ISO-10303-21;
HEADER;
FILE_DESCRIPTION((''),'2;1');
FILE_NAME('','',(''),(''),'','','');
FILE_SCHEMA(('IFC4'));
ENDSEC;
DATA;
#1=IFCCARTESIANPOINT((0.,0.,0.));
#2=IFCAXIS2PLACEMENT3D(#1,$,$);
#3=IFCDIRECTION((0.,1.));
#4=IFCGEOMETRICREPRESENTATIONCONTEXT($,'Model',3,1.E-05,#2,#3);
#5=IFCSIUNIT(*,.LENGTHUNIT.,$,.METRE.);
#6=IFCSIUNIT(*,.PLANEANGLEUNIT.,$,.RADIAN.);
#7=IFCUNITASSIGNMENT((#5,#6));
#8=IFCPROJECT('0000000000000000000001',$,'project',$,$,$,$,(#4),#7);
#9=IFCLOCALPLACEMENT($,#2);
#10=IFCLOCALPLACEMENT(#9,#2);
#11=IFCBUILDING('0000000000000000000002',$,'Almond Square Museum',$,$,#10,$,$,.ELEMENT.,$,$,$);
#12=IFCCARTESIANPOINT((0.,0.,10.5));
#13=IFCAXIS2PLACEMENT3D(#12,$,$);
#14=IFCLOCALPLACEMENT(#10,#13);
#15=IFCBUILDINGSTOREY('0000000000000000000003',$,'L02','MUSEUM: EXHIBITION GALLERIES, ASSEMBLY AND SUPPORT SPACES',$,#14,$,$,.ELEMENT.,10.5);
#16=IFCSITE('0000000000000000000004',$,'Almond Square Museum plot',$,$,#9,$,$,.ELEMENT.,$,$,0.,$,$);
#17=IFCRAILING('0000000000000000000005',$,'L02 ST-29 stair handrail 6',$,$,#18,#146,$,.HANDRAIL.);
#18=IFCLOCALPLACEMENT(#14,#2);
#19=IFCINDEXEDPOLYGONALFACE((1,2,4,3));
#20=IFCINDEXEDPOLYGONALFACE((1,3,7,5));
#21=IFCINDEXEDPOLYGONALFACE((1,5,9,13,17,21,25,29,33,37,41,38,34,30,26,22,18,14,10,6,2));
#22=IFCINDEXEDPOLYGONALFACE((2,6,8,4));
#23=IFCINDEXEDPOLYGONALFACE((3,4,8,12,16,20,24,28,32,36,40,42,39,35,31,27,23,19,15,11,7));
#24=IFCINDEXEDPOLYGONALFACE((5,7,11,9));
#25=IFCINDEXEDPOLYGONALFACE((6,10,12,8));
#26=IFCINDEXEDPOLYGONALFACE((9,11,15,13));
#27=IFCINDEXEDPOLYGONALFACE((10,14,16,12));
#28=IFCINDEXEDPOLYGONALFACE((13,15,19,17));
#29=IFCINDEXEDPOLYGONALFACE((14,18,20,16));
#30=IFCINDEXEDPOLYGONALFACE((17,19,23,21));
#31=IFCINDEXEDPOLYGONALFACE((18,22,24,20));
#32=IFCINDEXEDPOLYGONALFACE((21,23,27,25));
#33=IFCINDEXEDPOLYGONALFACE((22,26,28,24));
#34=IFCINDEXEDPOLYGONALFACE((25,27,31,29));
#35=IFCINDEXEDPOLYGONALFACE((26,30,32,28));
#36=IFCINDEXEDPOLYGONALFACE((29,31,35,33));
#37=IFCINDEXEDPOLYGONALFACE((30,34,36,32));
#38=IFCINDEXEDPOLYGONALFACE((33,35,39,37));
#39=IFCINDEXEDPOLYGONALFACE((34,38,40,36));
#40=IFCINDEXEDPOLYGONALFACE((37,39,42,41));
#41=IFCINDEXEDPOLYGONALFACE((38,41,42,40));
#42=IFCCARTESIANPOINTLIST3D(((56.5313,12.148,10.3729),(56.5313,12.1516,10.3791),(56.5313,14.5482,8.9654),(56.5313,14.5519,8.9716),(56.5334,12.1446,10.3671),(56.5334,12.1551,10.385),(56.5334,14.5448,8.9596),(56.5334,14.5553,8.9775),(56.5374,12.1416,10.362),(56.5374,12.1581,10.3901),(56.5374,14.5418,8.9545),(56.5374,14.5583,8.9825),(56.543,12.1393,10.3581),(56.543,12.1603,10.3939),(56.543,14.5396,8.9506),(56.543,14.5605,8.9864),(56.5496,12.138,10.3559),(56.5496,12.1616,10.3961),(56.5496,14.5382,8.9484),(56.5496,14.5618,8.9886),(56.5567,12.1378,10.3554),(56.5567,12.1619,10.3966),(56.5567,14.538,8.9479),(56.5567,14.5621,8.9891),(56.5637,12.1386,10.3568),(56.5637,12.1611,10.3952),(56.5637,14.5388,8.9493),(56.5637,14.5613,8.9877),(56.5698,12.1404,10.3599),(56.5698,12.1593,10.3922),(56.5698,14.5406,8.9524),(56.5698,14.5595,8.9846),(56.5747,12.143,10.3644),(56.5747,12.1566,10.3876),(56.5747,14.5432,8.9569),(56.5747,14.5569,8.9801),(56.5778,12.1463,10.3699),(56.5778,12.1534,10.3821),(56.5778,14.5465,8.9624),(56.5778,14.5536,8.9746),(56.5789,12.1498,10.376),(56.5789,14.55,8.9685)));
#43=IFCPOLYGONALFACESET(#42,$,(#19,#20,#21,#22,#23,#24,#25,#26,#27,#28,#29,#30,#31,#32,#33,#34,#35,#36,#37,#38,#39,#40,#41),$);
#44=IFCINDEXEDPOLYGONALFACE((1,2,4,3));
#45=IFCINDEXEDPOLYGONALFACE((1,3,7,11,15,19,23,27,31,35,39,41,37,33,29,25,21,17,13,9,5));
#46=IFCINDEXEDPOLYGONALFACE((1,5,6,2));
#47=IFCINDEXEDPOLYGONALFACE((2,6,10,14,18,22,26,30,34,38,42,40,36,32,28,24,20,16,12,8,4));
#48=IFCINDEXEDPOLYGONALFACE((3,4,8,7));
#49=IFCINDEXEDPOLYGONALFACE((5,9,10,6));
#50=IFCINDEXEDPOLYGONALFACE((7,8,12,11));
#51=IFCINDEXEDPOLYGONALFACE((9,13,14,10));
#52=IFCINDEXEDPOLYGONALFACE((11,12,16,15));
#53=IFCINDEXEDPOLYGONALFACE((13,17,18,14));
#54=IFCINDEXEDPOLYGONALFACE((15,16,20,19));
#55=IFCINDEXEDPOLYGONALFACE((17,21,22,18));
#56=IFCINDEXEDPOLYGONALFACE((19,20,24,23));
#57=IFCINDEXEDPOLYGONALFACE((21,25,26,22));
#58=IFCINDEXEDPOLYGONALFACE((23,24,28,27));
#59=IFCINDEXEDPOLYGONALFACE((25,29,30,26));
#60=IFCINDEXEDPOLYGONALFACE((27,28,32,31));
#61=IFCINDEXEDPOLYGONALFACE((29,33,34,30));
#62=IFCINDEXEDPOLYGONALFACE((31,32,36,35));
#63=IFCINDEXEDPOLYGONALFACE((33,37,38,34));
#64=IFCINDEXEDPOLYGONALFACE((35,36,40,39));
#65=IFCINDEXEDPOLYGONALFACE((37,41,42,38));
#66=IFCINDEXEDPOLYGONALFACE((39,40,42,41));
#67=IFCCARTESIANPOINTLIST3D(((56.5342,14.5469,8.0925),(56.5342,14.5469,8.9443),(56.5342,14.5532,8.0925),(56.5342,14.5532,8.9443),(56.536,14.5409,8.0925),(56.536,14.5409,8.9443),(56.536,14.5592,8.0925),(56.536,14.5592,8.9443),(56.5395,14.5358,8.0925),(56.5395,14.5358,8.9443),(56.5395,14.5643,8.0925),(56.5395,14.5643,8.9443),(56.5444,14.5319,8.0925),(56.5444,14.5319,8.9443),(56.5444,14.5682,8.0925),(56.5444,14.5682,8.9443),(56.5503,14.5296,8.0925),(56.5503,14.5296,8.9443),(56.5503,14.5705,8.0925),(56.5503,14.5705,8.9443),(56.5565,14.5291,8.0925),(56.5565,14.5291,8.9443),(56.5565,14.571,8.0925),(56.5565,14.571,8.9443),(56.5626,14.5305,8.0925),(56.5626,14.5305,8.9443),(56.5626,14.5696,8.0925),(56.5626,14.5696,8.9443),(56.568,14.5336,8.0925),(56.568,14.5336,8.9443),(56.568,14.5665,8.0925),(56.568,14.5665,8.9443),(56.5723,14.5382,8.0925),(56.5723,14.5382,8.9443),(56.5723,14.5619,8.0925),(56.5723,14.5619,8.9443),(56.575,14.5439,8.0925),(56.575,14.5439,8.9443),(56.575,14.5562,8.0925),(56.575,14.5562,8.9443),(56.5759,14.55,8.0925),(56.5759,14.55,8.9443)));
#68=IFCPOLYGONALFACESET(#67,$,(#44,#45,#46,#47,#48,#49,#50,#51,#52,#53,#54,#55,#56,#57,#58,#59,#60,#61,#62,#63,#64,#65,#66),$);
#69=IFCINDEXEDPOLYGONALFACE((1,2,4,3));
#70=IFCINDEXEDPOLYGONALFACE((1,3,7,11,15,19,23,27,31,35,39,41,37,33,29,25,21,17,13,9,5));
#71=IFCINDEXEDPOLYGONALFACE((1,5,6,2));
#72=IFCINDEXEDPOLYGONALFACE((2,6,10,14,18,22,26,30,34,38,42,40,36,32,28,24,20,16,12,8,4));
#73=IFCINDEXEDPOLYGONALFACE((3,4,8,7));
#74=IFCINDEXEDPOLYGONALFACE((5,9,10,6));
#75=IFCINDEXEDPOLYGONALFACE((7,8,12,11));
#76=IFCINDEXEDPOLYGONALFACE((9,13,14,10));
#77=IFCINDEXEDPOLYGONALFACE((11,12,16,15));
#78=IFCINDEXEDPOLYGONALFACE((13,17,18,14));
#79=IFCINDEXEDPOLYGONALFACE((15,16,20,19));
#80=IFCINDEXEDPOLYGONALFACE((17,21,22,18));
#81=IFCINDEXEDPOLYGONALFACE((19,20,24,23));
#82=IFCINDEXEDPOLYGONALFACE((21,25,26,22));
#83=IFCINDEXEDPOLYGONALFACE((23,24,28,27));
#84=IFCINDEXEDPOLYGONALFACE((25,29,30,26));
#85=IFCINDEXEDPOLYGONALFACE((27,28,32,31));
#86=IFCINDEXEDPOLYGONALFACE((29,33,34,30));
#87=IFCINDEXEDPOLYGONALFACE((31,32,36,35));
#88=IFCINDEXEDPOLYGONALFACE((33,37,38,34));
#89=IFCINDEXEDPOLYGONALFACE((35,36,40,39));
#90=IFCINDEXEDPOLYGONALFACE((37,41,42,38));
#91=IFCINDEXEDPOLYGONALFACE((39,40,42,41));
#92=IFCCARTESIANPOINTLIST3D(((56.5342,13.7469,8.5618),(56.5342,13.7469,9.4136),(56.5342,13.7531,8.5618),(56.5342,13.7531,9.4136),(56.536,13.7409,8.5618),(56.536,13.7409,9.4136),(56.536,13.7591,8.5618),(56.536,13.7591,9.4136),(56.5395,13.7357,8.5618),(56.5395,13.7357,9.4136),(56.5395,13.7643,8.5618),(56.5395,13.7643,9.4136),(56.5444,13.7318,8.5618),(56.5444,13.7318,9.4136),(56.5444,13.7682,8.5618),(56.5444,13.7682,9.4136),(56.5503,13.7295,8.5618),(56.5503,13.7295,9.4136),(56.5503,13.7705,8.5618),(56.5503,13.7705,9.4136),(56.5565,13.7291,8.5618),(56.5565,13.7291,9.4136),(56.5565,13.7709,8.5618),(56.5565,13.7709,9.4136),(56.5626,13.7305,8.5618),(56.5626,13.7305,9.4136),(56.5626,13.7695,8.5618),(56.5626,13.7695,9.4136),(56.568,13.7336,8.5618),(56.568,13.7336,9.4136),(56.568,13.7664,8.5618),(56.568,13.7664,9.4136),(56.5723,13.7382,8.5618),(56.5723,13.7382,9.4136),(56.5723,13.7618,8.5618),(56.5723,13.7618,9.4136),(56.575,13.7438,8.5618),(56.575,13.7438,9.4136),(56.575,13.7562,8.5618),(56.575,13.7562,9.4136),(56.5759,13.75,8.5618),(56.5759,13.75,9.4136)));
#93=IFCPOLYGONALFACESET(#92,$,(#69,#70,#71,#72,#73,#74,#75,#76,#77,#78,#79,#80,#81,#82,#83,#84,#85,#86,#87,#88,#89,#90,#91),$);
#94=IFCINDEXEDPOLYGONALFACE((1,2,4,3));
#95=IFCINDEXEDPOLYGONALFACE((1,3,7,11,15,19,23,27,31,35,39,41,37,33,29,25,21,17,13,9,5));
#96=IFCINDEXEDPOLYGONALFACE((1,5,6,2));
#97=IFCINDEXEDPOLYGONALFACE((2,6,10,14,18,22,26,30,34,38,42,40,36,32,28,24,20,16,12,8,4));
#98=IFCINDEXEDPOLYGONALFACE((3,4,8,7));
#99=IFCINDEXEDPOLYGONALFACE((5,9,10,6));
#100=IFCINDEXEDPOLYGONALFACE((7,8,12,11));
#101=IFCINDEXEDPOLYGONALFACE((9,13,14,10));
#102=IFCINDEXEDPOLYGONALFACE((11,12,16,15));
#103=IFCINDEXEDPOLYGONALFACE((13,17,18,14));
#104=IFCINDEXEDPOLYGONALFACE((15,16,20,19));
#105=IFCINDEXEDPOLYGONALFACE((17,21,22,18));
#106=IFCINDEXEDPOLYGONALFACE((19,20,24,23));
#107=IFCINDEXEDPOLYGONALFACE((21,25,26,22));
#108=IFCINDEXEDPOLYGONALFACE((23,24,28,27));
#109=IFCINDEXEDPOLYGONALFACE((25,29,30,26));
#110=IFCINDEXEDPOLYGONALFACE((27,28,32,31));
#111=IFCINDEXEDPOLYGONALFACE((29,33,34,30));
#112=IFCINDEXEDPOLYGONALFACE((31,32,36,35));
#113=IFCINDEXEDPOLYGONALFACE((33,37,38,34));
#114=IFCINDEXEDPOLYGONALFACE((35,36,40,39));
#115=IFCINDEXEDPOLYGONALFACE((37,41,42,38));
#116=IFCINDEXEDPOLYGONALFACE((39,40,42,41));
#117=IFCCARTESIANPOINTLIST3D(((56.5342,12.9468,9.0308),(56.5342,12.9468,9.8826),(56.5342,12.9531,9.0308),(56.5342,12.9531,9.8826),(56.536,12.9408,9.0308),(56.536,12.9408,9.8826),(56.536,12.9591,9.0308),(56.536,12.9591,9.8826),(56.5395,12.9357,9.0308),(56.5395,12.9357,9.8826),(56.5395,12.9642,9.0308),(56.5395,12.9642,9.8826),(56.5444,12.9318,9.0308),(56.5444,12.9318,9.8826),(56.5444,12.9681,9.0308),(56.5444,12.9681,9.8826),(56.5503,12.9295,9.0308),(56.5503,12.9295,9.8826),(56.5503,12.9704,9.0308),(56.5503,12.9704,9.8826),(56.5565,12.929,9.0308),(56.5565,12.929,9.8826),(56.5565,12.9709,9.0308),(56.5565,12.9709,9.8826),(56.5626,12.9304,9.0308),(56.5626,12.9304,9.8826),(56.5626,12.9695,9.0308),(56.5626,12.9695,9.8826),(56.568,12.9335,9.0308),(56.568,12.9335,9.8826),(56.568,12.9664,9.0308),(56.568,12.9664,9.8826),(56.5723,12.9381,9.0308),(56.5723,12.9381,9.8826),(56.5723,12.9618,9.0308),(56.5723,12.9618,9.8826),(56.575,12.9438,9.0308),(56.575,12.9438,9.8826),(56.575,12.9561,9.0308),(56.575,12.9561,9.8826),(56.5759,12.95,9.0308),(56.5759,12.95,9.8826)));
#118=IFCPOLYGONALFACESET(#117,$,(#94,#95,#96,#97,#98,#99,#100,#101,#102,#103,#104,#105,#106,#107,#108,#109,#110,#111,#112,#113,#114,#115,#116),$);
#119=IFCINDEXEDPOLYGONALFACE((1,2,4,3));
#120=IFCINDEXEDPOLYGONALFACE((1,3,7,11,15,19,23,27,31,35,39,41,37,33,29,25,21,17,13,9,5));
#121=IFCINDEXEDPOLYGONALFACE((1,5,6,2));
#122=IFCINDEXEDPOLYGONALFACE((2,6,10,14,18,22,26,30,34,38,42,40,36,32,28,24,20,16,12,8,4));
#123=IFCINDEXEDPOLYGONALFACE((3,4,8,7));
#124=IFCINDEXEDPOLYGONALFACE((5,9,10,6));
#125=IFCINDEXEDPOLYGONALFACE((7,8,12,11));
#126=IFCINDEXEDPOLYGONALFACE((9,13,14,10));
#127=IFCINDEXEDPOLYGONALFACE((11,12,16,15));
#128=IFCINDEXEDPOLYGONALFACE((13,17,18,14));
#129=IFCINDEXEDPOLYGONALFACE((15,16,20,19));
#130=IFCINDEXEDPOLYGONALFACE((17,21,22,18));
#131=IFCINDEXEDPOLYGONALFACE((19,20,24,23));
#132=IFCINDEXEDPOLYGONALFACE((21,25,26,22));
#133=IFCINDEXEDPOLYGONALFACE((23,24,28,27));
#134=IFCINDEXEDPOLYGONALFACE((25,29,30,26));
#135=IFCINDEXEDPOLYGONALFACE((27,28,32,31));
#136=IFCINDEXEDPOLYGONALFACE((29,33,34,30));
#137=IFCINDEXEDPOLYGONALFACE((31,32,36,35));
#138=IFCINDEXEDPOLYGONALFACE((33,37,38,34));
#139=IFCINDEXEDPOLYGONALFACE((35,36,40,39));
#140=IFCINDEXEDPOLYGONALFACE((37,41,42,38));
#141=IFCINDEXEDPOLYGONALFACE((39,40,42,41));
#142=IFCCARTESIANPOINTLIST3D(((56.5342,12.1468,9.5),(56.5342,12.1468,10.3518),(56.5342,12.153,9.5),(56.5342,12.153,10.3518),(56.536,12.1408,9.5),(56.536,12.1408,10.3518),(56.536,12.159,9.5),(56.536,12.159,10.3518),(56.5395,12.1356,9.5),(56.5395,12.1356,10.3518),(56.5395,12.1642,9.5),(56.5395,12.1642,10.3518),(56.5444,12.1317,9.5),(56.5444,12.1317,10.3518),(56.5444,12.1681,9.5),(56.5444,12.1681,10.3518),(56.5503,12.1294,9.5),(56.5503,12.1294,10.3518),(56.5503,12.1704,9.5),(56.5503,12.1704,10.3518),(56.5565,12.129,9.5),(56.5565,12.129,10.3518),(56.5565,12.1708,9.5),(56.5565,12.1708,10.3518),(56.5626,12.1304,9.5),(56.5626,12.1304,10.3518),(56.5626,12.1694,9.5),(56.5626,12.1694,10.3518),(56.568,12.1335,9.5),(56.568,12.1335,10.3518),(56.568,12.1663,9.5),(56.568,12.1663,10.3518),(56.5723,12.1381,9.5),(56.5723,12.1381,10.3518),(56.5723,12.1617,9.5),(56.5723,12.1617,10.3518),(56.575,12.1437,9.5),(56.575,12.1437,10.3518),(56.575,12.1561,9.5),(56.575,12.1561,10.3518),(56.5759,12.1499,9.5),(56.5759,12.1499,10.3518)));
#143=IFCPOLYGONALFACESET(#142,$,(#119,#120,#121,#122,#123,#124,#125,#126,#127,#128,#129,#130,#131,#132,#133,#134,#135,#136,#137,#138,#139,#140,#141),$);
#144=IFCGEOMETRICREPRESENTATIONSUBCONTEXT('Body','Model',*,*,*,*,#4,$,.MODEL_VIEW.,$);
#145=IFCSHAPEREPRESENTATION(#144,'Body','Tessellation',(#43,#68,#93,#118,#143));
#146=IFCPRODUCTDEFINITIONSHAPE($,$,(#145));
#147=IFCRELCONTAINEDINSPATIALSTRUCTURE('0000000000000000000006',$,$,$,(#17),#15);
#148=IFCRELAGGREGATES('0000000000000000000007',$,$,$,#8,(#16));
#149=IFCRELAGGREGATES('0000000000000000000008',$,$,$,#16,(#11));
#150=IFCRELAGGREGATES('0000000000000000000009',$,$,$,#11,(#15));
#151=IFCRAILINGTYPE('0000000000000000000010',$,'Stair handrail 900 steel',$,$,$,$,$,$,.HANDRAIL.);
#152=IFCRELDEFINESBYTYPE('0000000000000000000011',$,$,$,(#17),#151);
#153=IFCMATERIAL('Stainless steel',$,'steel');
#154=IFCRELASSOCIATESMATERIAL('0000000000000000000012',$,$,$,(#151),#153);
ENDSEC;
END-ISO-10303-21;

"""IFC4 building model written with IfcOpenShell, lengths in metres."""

from ifc_helpers import new_model, si_unit, direction, frame, origin, origin_2d, place, context, subcontext, project, spatial, circle, extrude, material, type_object, element, save


model = new_model("IFC4")

# Units and contexts
model_context = context("Model", 3, precision=1e-05, world=origin(), true_north=direction((0.0, 1.0)))
body_context = subcontext(model_context, "Body", "Model", "MODEL_VIEW")
ifc_project = project(units=[si_unit("LENGTHUNIT", "METRE"), si_unit("PLANEANGLEUNIT", "RADIAN")], contexts=[model_context])

# Site, building, storey
site_placement = place(None, origin())
site = spatial("IfcSite", under=ifc_project, at=site_placement, Name="Almond Square Museum plot", CompositionType="ELEMENT", RefElevation=0.0)
building_placement = place(site_placement, origin())
building = spatial("IfcBuilding", under=site, at=building_placement, Name="Almond Square Museum", CompositionType="ELEMENT")
storey_placement = place(building_placement, frame((0.0, 0.0, 10.5)))
storey = spatial("IfcBuildingStorey", under=building, at=storey_placement, Name="L02", Description="MUSEUM: EXHIBITION GALLERIES, ASSEMBLY AND SUPPORT SPACES", CompositionType="ELEMENT", Elevation=10.5)

# Railing
ifc_material_1 = material(Name="Stainless steel", Category="steel")
railing_type = type_object("IfcRailingType", Name="Stair handrail 900 steel", PredefinedType="HANDRAIL", material=ifc_material_1)
railing_1_placement = place(storey_placement, frame((56.5549, 14.55, 8.0925)))
element("IfcRailing", 1, at=railing_1_placement, inside=storey, type_object=railing_type, Name="L02 ST-29 stair handrail 6", PredefinedType="HANDRAIL", context=body_context, shape_type="SweptSolid", body=[
    extrude(circle(Radius=0.0239, at=origin_2d()), frame((0.0, 0.0, 0.876), z_axis=(0.0, -0.862621, 0.50585), x_axis=(1.0, 0.0, 0.0)), (0.0, 0.0, 1.0), 2.7825),
    extrude(circle(Radius=0.021, at=origin_2d()), origin(), (0.0, 0.0, 1.0), 0.8518),
    extrude(circle(Radius=0.021, at=origin_2d()), frame((0.0, -0.8, 0.4692)), (0.0, 0.0, 1.0), 0.8518),
    extrude(circle(Radius=0.021, at=origin_2d()), frame((0.0, -1.6001, 0.9382)), (0.0, 0.0, 1.0), 0.8518),
    extrude(circle(Radius=0.021, at=origin_2d()), frame((0.0, -2.4001, 1.4075)), (0.0, 0.0, 1.0), 0.8518),
])

save(model, "model.ifc")
